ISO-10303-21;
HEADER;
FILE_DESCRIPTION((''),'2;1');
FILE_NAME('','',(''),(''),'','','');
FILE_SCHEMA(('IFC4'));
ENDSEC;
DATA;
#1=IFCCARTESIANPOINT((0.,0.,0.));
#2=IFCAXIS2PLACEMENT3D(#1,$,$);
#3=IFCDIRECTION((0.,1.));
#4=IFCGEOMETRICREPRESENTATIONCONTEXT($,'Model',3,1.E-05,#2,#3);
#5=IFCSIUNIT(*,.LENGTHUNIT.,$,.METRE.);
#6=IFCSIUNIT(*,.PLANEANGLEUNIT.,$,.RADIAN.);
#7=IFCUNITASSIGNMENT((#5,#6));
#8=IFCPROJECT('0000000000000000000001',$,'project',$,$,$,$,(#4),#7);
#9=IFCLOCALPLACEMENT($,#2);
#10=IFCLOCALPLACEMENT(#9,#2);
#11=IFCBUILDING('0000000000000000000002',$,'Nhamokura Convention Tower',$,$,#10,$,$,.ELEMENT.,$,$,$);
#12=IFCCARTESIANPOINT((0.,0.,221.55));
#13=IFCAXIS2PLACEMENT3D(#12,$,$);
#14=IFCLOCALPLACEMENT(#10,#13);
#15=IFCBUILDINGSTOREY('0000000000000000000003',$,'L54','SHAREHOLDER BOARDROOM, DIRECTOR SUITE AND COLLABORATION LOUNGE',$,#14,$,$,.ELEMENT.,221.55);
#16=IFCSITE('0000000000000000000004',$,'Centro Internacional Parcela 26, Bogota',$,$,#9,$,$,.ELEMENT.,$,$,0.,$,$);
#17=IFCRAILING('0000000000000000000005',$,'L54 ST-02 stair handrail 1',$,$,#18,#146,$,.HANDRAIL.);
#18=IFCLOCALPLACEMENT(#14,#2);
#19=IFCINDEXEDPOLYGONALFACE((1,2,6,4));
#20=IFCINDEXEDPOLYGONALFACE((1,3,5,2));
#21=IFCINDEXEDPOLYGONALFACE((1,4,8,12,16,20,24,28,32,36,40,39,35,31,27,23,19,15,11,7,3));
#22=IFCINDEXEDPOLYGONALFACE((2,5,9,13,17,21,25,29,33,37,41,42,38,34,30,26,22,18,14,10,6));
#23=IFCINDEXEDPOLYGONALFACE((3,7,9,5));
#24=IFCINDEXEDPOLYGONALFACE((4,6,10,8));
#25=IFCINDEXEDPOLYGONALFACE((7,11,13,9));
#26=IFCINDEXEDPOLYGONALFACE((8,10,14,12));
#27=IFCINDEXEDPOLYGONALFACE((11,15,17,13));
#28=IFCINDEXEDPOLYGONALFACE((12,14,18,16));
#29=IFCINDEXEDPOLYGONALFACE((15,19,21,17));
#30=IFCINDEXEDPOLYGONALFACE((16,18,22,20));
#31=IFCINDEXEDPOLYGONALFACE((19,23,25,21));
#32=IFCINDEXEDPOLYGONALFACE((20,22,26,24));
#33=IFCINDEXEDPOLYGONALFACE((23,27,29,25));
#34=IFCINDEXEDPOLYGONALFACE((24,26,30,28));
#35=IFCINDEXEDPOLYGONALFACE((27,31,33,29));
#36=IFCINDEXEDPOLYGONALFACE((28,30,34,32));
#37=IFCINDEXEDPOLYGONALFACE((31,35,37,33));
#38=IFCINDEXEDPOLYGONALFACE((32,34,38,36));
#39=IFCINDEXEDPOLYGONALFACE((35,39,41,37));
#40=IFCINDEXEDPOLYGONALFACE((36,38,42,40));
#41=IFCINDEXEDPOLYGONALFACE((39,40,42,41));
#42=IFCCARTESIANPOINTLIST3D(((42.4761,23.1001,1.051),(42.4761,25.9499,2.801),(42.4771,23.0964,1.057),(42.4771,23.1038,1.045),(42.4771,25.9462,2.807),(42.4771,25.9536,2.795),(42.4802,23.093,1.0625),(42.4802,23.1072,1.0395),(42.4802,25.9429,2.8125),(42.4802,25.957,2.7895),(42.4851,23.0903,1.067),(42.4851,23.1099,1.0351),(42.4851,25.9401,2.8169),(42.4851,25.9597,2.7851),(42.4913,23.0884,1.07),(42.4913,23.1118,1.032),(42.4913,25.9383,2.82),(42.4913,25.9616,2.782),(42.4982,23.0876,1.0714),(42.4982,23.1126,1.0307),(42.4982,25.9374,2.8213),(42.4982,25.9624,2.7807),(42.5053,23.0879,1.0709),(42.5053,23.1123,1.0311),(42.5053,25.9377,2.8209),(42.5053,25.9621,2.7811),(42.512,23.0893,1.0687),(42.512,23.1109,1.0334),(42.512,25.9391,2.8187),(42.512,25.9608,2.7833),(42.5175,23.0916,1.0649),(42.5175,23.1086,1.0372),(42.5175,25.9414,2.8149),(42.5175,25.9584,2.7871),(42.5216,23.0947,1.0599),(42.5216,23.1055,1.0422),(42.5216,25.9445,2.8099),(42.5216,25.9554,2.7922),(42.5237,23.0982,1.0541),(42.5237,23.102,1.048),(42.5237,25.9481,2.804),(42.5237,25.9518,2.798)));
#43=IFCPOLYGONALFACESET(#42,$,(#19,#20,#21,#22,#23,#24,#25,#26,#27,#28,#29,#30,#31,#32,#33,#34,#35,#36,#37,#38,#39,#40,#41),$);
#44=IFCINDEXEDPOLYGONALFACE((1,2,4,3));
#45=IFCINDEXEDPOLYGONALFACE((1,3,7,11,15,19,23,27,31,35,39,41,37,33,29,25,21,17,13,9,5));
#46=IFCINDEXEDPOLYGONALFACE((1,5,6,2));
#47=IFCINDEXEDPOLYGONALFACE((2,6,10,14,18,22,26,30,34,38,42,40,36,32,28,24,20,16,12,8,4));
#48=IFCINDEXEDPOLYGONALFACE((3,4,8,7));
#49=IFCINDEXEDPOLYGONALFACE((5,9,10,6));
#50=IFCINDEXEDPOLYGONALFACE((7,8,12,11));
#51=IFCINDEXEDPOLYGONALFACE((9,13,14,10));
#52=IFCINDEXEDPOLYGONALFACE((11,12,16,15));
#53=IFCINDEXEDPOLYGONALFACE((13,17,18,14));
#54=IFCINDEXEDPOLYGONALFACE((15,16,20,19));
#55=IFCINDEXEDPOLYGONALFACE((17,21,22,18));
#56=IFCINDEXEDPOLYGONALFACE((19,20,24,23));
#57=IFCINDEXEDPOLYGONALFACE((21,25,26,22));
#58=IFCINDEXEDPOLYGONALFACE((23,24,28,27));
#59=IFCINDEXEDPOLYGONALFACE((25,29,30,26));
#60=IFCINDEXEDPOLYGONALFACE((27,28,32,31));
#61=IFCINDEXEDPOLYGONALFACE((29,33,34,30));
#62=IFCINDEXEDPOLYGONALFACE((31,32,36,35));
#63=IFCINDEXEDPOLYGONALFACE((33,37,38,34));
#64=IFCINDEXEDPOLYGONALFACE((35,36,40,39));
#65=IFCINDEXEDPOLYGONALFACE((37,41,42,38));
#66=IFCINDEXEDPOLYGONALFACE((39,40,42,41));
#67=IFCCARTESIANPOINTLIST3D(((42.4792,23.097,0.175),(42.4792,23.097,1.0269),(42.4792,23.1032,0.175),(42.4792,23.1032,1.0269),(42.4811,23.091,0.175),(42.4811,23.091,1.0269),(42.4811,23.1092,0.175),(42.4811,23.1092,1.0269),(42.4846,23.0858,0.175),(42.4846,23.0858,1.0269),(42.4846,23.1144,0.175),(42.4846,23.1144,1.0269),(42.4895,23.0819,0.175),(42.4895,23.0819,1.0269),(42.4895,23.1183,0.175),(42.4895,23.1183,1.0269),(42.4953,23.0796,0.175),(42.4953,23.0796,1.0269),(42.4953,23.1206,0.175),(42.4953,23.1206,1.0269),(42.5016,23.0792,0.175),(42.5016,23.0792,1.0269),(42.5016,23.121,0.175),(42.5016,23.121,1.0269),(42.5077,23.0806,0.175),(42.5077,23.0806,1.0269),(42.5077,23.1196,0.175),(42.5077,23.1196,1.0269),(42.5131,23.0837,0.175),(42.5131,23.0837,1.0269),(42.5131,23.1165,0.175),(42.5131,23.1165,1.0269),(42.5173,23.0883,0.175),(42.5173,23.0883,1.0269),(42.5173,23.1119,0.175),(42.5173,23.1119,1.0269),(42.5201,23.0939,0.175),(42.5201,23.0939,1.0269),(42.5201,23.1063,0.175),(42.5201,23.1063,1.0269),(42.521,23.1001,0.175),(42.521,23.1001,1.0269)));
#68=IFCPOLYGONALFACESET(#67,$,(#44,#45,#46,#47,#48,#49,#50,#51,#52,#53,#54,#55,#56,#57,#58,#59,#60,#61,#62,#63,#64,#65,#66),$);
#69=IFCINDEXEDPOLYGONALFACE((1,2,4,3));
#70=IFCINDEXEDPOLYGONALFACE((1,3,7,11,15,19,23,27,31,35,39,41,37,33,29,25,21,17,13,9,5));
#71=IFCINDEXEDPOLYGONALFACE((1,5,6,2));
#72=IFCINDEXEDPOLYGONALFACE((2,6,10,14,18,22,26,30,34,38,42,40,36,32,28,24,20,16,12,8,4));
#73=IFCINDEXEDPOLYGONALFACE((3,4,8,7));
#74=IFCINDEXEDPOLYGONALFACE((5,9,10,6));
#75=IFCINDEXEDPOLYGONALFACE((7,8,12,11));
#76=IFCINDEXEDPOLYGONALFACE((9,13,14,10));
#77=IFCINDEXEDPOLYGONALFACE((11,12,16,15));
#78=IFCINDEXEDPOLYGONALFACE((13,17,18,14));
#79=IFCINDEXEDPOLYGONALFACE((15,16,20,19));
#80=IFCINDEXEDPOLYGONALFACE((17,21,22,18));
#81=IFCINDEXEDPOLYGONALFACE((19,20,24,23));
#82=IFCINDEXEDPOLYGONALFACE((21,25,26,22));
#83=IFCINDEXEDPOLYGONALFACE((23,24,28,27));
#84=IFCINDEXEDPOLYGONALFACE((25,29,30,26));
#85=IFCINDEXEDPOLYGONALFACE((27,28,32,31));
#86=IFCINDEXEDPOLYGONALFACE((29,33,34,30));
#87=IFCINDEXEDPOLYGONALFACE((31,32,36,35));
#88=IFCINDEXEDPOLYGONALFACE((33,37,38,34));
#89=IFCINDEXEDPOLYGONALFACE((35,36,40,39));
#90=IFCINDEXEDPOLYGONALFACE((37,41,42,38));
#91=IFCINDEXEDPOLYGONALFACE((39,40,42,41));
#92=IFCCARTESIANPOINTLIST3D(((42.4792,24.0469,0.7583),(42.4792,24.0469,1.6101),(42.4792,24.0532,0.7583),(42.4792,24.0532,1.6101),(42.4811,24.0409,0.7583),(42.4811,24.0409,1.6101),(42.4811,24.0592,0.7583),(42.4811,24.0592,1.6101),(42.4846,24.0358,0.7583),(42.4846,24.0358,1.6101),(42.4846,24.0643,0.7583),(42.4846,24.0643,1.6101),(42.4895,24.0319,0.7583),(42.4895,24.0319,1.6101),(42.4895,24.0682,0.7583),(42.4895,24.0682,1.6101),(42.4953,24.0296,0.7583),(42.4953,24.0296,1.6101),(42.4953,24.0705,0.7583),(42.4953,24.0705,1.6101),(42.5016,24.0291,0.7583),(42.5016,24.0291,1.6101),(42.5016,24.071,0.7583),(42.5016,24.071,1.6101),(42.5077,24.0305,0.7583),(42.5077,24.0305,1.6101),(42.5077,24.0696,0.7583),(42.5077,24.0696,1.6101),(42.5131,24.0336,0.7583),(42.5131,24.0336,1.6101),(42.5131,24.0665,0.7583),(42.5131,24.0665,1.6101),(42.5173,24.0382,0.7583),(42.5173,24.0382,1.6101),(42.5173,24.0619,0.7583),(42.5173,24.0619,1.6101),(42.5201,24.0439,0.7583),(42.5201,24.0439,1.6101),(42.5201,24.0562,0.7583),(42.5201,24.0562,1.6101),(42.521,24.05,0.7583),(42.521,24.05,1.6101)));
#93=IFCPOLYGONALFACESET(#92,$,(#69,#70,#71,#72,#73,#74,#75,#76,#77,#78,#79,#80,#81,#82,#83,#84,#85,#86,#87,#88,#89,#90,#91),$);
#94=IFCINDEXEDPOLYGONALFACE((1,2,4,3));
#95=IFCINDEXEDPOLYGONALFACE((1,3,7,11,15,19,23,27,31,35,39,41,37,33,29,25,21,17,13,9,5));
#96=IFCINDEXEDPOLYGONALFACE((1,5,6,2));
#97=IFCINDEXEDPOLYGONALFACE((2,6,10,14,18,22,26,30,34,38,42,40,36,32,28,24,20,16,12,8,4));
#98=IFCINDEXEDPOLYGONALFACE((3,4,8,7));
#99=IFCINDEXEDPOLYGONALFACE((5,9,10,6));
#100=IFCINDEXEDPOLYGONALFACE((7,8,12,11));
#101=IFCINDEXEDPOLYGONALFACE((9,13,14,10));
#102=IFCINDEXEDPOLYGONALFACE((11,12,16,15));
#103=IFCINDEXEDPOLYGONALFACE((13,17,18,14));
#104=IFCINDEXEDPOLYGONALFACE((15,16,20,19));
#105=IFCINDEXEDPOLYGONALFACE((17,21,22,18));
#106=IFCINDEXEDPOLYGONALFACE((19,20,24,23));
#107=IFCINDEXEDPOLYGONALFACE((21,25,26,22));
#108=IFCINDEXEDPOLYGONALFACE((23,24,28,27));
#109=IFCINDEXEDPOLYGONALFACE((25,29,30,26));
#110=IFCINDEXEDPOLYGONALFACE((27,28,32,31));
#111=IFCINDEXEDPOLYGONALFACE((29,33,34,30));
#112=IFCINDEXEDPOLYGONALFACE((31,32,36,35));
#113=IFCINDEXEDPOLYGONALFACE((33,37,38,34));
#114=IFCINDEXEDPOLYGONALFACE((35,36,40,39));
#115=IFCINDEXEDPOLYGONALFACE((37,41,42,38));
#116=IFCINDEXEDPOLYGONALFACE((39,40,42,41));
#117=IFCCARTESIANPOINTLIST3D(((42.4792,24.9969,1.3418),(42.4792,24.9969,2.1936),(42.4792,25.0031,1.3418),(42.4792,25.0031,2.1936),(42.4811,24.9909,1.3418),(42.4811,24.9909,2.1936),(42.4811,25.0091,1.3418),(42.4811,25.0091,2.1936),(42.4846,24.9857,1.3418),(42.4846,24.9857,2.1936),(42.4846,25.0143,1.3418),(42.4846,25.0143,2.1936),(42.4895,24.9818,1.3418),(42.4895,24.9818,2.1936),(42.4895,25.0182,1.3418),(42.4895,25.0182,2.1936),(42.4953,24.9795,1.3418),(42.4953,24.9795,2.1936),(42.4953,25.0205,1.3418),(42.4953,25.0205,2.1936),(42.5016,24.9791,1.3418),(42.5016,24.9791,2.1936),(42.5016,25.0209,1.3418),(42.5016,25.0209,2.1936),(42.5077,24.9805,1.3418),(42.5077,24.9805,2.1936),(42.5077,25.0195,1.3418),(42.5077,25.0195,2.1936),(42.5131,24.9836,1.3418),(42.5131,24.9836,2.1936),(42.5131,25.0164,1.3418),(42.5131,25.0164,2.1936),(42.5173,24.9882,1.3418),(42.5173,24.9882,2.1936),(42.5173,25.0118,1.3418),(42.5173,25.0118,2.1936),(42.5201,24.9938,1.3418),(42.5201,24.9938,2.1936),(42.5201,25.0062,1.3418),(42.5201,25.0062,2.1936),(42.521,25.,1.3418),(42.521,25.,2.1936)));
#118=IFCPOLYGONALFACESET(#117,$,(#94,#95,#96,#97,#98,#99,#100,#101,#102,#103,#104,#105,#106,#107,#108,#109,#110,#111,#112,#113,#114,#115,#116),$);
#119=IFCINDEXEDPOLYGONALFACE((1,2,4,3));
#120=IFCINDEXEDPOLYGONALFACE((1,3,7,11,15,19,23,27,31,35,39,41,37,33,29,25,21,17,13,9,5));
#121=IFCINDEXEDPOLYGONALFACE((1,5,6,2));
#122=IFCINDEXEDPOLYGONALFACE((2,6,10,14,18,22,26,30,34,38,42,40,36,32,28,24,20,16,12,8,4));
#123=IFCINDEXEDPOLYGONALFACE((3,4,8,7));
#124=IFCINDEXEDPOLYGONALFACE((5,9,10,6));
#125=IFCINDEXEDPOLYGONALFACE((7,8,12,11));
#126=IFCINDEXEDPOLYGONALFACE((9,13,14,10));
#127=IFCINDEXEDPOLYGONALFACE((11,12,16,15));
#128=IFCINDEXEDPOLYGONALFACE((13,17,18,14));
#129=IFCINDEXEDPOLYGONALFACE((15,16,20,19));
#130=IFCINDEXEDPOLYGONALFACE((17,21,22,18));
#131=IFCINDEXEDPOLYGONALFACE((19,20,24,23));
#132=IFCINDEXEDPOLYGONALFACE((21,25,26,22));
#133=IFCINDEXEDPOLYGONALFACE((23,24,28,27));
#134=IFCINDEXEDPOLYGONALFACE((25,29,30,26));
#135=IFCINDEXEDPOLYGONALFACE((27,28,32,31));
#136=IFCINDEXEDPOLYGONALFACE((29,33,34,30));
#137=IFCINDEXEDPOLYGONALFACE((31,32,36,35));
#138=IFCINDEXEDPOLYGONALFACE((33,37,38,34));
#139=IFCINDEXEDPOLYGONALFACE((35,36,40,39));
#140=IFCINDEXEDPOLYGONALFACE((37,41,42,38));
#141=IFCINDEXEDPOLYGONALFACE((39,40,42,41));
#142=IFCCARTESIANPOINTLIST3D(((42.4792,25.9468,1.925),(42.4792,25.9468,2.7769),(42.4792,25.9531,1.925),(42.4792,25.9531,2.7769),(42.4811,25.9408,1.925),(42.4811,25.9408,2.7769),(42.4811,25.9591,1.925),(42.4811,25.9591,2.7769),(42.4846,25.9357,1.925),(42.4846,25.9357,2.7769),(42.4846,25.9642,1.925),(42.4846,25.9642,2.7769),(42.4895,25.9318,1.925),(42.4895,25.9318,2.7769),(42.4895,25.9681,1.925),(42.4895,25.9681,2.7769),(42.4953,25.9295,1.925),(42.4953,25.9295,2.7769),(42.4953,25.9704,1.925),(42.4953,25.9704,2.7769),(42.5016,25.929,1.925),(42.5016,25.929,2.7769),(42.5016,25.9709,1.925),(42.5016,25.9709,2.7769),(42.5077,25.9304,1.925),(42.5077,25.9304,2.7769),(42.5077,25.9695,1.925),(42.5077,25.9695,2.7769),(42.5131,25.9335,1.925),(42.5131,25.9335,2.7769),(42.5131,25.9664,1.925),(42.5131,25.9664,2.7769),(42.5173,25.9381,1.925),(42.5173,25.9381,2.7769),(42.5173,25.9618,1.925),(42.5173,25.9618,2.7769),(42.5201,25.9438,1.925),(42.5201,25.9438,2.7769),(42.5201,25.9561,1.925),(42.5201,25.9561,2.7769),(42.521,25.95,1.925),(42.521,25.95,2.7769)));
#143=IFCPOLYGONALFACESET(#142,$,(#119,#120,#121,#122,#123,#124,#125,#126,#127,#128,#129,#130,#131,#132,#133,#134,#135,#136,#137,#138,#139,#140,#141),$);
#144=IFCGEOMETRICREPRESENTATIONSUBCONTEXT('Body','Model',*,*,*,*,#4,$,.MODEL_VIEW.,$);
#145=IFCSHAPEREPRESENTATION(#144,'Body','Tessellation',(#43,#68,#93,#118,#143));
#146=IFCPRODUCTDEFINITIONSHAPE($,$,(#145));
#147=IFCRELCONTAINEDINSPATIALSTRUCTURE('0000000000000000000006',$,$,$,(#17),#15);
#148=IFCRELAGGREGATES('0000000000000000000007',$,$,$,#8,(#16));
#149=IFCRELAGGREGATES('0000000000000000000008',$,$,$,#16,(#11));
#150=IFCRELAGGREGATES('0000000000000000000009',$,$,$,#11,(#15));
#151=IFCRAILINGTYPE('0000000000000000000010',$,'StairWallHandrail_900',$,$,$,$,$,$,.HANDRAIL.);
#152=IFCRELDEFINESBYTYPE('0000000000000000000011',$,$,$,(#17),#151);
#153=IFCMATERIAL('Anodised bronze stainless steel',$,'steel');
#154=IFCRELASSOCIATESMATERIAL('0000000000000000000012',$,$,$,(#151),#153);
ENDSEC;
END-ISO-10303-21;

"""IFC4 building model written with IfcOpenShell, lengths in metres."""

from ifc_helpers import new_model, si_unit, direction, frame, origin, origin_2d, place, context, subcontext, project, spatial, circle, extrude, material, type_object, element, save


model = new_model("IFC4")

# Units and contexts
model_context = context("Model", 3, precision=1e-05, world=origin(), true_north=direction((0.0, 1.0)))
body_context = subcontext(model_context, "Body", "Model", "MODEL_VIEW")
ifc_project = project(units=[si_unit("LENGTHUNIT", "METRE"), si_unit("PLANEANGLEUNIT", "RADIAN")], contexts=[model_context])

# Site, building, storey
site_placement = place(None, origin())
site = spatial("IfcSite", under=ifc_project, at=site_placement, Name="Centro Internacional Parcela 26, Bogota", CompositionType="ELEMENT", RefElevation=0.0)
building_placement = place(site_placement, origin())
building = spatial("IfcBuilding", under=site, at=building_placement, Name="Nhamokura Convention Tower", CompositionType="ELEMENT")
storey_placement = place(building_placement, frame((0.0, 0.0, 221.55)))
storey = spatial("IfcBuildingStorey", under=building, at=storey_placement, Name="L54", Description="SHAREHOLDER BOARDROOM, DIRECTOR SUITE AND COLLABORATION LOUNGE", CompositionType="ELEMENT", Elevation=221.55)

# Railing
ifc_material_1 = material(Name="Anodised bronze stainless steel", Category="steel")
railing_type_1 = type_object("IfcRailingType", Name="StairWallHandrail_900", PredefinedType="HANDRAIL", material=ifc_material_1)
railing_1_placement = place(storey_placement, frame((42.5, 23.1001, 0.175)))
element("IfcRailing", 1, at=railing_1_placement, inside=storey, type_object=railing_type_1, Name="L54 ST-02 stair handrail 1", PredefinedType="HANDRAIL", context=body_context, shape_type="SweptSolid", body=[
    extrude(circle(Radius=0.0239, at=origin_2d()), frame((0.0, 0.0, 0.876), z_axis=(0.0, 0.852159, 0.523283), x_axis=(-1.0, 0.0, 0.0)), (0.0, 0.0, 1.0), 3.3442),
    extrude(circle(Radius=0.021, at=origin_2d()), origin(), (0.0, 0.0, 1.0), 0.8518),
    extrude(circle(Radius=0.021, at=origin_2d()), frame((0.0, 0.95, 0.5833)), (0.0, 0.0, 1.0), 0.8518),
    extrude(circle(Radius=0.021, at=origin_2d()), frame((0.0, 1.8999, 1.1667)), (0.0, 0.0, 1.0), 0.8518),
    extrude(circle(Radius=0.021, at=origin_2d()), frame((0.0, 2.8499, 1.75)), (0.0, 0.0, 1.0), 0.8518),
])

save(model, "model.ifc")
